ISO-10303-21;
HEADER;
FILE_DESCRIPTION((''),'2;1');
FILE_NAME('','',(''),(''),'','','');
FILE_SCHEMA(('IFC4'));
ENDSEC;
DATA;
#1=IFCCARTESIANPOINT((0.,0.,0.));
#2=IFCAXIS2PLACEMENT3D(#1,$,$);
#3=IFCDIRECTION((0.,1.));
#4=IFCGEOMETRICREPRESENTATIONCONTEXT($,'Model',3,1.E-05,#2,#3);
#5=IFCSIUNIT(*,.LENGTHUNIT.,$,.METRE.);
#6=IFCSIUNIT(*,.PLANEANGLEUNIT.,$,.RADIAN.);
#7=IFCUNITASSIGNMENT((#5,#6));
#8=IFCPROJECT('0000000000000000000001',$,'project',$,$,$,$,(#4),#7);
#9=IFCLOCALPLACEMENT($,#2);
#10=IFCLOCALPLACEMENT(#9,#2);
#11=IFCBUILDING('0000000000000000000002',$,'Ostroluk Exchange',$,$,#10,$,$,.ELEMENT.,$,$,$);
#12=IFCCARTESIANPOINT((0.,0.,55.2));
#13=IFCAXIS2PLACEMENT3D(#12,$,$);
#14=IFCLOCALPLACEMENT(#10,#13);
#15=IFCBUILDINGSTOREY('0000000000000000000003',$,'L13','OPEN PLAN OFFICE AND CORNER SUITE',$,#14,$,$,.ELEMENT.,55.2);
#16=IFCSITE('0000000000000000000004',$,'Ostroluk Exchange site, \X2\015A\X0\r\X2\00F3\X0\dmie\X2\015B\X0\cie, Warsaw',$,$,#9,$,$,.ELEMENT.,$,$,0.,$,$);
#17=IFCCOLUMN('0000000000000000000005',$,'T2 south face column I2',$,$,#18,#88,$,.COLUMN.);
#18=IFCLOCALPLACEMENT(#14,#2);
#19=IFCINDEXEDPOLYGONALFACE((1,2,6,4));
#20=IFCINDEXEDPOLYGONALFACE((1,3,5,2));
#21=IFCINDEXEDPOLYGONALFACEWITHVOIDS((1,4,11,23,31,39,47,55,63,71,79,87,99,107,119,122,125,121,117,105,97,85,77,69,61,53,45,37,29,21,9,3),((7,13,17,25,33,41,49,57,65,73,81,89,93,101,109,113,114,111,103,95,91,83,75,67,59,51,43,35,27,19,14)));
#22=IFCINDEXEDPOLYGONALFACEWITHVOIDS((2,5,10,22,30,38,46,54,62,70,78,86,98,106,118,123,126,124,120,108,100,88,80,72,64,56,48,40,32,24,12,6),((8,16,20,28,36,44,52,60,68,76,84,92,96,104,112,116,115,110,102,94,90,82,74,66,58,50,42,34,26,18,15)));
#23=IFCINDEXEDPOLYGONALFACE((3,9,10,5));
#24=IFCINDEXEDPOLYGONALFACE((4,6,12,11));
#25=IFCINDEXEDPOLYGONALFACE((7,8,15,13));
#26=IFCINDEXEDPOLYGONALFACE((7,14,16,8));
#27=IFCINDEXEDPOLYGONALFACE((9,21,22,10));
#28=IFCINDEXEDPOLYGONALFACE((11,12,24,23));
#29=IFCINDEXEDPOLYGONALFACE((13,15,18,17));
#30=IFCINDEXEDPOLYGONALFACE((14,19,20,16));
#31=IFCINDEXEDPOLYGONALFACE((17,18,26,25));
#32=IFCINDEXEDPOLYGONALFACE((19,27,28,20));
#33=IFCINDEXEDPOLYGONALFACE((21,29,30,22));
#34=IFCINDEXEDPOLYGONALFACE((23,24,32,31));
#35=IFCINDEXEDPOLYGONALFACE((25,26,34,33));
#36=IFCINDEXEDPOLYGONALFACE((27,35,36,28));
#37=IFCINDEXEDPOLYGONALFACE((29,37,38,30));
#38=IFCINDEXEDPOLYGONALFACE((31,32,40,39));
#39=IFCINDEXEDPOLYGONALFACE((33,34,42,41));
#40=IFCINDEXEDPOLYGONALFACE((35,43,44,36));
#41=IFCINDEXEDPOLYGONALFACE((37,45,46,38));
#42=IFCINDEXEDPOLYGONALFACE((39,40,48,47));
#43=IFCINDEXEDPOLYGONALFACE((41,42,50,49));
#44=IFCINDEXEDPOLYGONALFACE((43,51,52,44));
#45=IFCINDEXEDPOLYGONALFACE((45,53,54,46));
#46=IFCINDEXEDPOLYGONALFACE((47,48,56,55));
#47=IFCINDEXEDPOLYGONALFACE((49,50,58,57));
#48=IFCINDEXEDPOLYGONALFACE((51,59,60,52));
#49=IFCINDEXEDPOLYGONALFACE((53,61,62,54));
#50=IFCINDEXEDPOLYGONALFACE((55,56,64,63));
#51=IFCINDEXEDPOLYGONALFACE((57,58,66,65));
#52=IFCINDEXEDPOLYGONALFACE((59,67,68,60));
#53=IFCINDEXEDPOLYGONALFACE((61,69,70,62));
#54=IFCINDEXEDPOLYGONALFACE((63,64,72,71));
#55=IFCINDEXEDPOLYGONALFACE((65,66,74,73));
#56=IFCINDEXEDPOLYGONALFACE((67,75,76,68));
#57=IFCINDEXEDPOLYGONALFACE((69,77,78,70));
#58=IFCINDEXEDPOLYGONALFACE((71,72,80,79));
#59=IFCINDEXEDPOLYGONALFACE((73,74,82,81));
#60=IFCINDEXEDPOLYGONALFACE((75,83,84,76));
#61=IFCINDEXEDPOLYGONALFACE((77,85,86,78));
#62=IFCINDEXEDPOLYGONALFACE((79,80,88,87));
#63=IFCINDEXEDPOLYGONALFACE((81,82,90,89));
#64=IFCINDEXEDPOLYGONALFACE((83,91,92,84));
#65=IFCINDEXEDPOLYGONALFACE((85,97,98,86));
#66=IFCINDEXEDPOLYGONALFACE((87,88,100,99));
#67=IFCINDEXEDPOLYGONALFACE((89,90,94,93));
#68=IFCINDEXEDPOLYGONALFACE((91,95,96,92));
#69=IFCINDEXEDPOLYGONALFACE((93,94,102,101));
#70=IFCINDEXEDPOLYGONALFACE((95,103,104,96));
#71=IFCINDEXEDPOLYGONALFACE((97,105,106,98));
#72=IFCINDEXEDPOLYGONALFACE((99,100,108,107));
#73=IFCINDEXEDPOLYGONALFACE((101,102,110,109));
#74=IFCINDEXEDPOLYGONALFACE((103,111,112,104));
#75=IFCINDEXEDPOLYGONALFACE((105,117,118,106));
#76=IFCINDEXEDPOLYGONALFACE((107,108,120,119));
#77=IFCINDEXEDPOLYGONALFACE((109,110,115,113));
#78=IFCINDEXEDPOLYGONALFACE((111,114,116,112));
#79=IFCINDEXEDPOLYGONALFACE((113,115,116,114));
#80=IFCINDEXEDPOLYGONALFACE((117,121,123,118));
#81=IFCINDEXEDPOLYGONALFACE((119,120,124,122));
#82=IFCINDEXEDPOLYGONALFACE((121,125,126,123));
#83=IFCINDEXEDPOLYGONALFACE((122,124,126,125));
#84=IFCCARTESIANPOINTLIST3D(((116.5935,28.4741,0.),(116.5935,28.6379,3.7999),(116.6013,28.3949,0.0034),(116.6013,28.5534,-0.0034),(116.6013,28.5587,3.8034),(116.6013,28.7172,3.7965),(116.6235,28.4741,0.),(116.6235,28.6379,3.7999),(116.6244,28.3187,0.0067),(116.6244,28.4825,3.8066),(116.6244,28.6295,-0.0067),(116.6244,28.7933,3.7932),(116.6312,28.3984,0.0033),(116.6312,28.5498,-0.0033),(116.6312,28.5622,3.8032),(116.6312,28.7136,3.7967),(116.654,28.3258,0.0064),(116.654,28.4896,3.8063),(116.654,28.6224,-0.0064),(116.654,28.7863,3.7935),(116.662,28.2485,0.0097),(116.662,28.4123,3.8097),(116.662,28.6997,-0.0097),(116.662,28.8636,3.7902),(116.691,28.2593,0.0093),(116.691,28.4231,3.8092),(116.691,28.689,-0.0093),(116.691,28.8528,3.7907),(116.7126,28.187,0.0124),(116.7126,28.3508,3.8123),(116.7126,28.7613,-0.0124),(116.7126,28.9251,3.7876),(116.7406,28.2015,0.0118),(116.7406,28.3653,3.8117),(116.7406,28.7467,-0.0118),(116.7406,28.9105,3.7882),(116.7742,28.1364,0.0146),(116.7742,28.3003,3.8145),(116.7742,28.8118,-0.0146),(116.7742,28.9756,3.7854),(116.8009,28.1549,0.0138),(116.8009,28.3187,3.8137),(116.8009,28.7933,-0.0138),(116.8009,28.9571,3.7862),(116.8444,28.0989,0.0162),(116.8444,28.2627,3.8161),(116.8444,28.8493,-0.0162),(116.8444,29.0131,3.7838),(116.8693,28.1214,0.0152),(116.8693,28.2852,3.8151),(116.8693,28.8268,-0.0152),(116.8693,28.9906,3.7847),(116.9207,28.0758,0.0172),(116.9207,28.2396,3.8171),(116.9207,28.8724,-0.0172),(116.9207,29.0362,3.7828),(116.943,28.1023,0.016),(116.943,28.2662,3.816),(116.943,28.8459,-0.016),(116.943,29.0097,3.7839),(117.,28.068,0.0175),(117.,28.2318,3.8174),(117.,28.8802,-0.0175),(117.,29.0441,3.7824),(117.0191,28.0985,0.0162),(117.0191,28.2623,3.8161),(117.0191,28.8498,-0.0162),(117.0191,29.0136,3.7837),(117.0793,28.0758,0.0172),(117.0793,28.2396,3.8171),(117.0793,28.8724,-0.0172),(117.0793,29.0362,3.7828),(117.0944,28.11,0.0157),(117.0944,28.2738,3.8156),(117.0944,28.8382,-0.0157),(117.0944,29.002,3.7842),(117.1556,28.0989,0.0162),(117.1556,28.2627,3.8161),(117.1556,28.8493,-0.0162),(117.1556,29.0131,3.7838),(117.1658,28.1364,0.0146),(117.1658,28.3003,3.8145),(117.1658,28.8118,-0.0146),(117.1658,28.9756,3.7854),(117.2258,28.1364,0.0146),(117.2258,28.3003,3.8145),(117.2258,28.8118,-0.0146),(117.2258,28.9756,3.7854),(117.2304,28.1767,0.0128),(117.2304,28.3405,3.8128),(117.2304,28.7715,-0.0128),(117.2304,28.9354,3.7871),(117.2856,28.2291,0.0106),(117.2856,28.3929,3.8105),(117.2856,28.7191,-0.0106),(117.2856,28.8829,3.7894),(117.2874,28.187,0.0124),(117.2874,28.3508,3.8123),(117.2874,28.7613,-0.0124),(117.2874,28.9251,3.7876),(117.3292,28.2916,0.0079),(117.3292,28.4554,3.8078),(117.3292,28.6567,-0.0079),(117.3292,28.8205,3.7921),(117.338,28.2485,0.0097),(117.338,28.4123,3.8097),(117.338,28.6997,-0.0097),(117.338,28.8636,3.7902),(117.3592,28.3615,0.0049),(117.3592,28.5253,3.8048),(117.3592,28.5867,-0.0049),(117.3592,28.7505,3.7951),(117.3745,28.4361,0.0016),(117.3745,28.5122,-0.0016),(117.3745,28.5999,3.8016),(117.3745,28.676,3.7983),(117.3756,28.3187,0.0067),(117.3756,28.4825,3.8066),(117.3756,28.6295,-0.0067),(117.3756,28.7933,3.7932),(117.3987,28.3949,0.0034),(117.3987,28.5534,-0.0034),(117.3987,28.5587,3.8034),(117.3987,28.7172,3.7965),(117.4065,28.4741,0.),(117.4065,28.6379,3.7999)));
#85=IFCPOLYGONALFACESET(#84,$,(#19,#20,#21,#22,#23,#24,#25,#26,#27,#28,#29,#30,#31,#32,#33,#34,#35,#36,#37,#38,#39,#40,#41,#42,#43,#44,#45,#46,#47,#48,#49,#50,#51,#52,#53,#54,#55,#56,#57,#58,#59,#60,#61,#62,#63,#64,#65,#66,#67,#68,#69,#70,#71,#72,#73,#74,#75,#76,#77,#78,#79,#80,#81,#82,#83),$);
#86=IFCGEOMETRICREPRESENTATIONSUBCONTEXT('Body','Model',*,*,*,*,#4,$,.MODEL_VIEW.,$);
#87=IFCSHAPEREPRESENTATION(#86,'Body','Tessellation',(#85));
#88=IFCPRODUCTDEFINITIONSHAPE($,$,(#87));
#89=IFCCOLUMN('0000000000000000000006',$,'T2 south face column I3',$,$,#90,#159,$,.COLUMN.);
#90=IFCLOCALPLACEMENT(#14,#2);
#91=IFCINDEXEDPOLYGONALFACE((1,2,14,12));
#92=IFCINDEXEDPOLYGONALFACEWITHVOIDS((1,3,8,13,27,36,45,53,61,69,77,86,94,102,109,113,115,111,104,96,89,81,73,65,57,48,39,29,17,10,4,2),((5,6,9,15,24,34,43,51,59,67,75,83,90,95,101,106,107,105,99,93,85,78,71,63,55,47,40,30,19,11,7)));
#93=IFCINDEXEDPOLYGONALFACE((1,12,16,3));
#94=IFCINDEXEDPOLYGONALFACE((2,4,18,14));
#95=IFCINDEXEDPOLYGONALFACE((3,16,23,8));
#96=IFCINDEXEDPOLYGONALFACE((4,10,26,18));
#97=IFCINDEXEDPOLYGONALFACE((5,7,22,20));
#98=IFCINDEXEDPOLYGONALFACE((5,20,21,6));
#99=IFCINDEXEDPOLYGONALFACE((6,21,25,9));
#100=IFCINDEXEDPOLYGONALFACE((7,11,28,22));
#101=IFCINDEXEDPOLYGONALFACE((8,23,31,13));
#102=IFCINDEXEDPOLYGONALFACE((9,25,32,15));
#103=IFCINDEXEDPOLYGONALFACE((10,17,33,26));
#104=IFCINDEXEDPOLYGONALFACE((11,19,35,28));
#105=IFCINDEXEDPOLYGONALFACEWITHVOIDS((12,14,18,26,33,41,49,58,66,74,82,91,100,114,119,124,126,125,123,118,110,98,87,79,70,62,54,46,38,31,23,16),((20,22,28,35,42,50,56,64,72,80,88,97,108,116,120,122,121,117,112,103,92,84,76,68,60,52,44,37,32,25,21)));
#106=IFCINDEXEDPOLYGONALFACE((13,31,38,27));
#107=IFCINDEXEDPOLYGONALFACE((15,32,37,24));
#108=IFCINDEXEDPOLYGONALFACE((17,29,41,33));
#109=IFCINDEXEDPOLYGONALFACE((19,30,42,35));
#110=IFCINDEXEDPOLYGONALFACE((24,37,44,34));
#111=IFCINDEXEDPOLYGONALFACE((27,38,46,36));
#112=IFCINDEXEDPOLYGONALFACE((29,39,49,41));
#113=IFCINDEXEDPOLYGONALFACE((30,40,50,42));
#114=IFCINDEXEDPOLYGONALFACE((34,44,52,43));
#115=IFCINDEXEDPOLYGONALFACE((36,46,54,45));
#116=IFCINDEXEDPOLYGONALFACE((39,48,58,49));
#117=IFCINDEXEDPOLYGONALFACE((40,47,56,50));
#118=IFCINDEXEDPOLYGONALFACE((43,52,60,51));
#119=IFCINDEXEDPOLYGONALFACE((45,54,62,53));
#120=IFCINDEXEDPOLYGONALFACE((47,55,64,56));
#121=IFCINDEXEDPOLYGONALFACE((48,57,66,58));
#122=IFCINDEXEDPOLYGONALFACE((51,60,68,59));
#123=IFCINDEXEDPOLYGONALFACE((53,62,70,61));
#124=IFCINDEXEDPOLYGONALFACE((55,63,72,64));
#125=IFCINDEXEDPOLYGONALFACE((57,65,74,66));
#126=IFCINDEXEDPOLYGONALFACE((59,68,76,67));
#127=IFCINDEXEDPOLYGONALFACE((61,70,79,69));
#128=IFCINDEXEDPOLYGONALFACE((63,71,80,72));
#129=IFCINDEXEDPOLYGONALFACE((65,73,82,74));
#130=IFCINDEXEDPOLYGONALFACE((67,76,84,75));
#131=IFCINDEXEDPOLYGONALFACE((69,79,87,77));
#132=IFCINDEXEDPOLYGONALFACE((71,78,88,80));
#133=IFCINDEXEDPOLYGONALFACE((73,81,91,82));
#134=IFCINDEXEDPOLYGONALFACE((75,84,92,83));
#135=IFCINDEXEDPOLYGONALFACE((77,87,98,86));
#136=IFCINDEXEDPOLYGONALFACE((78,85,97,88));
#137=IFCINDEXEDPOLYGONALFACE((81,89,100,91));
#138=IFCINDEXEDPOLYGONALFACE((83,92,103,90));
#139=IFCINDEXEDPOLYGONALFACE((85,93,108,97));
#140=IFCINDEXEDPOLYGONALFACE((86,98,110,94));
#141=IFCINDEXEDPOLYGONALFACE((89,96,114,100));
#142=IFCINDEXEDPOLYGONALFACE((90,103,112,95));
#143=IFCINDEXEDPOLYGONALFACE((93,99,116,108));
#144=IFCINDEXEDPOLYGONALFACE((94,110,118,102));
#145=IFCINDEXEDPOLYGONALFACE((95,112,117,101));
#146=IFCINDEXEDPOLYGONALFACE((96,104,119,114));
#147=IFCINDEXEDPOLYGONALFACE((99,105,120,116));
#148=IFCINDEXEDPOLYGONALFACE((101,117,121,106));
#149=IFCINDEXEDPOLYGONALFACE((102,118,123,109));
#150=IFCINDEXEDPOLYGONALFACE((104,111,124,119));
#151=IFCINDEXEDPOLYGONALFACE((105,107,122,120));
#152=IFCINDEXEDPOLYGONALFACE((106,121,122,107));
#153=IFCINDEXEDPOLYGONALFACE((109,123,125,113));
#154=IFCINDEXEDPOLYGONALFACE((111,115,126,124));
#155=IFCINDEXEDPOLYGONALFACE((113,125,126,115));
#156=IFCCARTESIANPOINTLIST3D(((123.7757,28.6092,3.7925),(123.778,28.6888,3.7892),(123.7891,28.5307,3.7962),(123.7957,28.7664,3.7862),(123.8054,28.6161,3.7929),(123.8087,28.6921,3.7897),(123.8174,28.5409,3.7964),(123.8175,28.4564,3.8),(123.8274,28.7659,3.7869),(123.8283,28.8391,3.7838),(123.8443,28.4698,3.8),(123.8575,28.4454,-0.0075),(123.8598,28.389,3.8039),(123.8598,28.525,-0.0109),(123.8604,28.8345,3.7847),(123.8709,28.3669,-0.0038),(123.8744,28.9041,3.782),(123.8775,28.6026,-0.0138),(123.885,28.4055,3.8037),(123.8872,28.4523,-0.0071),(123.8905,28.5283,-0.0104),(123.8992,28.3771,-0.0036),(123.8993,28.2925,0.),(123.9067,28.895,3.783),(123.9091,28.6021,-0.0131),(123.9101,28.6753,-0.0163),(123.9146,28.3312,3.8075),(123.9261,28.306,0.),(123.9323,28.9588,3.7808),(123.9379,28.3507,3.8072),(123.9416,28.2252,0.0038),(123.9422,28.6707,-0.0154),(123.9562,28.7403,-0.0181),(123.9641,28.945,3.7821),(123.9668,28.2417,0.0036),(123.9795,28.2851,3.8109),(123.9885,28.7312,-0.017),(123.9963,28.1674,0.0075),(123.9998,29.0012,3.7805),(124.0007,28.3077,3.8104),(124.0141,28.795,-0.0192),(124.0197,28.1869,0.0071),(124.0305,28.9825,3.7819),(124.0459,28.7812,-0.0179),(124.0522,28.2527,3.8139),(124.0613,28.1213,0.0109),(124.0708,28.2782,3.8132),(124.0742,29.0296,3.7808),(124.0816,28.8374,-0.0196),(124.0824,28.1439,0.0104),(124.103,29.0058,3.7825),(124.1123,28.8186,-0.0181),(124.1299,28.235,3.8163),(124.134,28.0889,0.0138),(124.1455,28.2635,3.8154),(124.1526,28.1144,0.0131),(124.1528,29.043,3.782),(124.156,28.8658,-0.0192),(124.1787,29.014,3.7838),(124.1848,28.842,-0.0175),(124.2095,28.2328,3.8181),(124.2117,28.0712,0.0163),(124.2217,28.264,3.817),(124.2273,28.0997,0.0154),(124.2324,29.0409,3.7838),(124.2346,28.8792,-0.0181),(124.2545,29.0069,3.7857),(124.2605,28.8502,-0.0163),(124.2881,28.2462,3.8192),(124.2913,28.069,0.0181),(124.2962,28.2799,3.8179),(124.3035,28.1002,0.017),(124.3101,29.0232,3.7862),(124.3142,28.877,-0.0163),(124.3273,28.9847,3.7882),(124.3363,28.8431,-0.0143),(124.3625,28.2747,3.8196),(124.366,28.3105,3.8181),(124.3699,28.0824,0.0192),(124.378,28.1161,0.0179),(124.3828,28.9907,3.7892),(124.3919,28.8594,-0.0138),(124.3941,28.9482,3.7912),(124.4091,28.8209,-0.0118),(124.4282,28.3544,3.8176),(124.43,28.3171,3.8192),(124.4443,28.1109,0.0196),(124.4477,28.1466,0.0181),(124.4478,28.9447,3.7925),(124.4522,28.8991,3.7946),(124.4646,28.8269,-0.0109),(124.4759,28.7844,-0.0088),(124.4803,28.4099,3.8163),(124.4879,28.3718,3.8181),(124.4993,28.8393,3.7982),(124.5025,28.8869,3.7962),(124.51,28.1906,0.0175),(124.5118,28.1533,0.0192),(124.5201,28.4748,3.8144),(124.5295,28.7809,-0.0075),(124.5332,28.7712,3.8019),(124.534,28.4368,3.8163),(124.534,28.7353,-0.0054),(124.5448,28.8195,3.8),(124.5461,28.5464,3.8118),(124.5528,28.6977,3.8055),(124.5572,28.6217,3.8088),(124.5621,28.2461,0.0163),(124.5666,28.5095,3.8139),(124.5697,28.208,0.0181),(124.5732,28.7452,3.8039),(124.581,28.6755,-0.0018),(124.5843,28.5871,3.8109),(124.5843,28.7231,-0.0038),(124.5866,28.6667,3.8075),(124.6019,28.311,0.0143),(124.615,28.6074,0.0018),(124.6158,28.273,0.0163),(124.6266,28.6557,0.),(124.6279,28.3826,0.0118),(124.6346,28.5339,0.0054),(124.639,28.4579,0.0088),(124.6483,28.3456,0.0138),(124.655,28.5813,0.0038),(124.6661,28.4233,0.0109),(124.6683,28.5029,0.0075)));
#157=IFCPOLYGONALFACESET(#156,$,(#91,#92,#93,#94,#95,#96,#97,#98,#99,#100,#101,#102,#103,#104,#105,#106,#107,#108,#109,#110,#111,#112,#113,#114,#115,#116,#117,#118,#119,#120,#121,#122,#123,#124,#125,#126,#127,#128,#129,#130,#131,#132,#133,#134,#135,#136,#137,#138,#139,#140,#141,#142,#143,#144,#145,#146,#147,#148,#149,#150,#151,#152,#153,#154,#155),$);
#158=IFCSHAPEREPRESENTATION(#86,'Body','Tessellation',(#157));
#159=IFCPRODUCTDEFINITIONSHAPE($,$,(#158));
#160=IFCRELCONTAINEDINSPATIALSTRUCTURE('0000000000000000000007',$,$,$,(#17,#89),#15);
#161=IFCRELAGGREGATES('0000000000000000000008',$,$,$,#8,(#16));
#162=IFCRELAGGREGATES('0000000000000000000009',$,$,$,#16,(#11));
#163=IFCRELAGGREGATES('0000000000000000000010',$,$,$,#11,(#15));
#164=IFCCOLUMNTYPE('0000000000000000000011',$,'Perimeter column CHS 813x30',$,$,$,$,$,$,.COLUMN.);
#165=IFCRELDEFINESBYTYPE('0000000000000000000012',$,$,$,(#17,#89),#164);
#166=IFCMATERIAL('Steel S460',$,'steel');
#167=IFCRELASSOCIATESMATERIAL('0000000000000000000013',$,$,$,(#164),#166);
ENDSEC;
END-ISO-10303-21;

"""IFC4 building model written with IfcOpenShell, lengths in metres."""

from ifc_helpers import new_model, si_unit, direction, frame, origin, origin_2d, place, context, subcontext, project, spatial, hollow_circle, extrude, material, material_profile, profile_set, type_object, element, save


model = new_model("IFC4")

# Units and contexts
model_context = context("Model", 3, precision=1e-05, world=origin(), true_north=direction((0.0, 1.0)))
body_context = subcontext(model_context, "Body", "Model", "MODEL_VIEW")
ifc_project = project(units=[si_unit("LENGTHUNIT", "METRE"), si_unit("PLANEANGLEUNIT", "RADIAN")], contexts=[model_context])

# Site, building, storey
site_placement = place(None, origin())
site = spatial("IfcSite", under=ifc_project, at=site_placement, Name="Ostroluk Exchange site, Śródmieście, Warsaw", CompositionType="ELEMENT", RefElevation=0.0)
building_placement = place(site_placement, origin())
building = spatial("IfcBuilding", under=site, at=building_placement, Name="Ostroluk Exchange", CompositionType="ELEMENT")
storey_placement = place(building_placement, frame((0.0, 0.0, 55.2)))
storey = spatial("IfcBuildingStorey", under=building, at=storey_placement, Name="L13", Description="OPEN PLAN OFFICE AND CORNER SUITE", CompositionType="ELEMENT", Elevation=55.2)

# Columns
ifc_material_1 = material(Name="Steel S460", Category="steel")
ifc_material_profile_1 = material_profile(ifc_material_1, hollow_circle(Radius=0.4065, WallThickness=0.03, at=origin_2d()), Name="CHS 813x30")
ifc_profile_set_1 = profile_set([ifc_material_profile_1], Name="Steel S460")
column_type = type_object("IfcColumnType", Name="Perimeter column CHS 813x30", PredefinedType="COLUMN", material=ifc_profile_set_1)
column_1_placement = place(storey_placement, frame((117.0, 28.4741, 0.0), z_axis=(0.0, 0.04307, 0.999072), x_axis=(-1.0, 0.0, 0.0)))
element("IfcColumn", 1, at=column_1_placement, inside=storey, type_object=column_type, Name="T2 south face column I2", PredefinedType="COLUMN", context=body_context, shape_type="SweptSolid", body=[
    extrude(hollow_circle(Radius=0.4065, WallThickness=0.03, at=origin_2d()), origin(), (0.0, 0.0, 1.0), 3.8035),
])
column_2_placement = place(storey_placement, frame((124.2629, 28.4741, 0.0), z_axis=(-0.021498, 0.04306, 0.998841), x_axis=(-0.894694, -0.44668, 0.0)))
element("IfcColumn", 2, at=column_2_placement, inside=storey, type_object=column_type, Name="T2 south face column I3", PredefinedType="COLUMN", context=body_context, shape_type="SweptSolid", body=[
    extrude(hollow_circle(Radius=0.4065, WallThickness=0.03, at=origin_2d()), origin(), (0.0, 0.0, 1.0), 3.8044),
])

save(model, "model.ifc")
